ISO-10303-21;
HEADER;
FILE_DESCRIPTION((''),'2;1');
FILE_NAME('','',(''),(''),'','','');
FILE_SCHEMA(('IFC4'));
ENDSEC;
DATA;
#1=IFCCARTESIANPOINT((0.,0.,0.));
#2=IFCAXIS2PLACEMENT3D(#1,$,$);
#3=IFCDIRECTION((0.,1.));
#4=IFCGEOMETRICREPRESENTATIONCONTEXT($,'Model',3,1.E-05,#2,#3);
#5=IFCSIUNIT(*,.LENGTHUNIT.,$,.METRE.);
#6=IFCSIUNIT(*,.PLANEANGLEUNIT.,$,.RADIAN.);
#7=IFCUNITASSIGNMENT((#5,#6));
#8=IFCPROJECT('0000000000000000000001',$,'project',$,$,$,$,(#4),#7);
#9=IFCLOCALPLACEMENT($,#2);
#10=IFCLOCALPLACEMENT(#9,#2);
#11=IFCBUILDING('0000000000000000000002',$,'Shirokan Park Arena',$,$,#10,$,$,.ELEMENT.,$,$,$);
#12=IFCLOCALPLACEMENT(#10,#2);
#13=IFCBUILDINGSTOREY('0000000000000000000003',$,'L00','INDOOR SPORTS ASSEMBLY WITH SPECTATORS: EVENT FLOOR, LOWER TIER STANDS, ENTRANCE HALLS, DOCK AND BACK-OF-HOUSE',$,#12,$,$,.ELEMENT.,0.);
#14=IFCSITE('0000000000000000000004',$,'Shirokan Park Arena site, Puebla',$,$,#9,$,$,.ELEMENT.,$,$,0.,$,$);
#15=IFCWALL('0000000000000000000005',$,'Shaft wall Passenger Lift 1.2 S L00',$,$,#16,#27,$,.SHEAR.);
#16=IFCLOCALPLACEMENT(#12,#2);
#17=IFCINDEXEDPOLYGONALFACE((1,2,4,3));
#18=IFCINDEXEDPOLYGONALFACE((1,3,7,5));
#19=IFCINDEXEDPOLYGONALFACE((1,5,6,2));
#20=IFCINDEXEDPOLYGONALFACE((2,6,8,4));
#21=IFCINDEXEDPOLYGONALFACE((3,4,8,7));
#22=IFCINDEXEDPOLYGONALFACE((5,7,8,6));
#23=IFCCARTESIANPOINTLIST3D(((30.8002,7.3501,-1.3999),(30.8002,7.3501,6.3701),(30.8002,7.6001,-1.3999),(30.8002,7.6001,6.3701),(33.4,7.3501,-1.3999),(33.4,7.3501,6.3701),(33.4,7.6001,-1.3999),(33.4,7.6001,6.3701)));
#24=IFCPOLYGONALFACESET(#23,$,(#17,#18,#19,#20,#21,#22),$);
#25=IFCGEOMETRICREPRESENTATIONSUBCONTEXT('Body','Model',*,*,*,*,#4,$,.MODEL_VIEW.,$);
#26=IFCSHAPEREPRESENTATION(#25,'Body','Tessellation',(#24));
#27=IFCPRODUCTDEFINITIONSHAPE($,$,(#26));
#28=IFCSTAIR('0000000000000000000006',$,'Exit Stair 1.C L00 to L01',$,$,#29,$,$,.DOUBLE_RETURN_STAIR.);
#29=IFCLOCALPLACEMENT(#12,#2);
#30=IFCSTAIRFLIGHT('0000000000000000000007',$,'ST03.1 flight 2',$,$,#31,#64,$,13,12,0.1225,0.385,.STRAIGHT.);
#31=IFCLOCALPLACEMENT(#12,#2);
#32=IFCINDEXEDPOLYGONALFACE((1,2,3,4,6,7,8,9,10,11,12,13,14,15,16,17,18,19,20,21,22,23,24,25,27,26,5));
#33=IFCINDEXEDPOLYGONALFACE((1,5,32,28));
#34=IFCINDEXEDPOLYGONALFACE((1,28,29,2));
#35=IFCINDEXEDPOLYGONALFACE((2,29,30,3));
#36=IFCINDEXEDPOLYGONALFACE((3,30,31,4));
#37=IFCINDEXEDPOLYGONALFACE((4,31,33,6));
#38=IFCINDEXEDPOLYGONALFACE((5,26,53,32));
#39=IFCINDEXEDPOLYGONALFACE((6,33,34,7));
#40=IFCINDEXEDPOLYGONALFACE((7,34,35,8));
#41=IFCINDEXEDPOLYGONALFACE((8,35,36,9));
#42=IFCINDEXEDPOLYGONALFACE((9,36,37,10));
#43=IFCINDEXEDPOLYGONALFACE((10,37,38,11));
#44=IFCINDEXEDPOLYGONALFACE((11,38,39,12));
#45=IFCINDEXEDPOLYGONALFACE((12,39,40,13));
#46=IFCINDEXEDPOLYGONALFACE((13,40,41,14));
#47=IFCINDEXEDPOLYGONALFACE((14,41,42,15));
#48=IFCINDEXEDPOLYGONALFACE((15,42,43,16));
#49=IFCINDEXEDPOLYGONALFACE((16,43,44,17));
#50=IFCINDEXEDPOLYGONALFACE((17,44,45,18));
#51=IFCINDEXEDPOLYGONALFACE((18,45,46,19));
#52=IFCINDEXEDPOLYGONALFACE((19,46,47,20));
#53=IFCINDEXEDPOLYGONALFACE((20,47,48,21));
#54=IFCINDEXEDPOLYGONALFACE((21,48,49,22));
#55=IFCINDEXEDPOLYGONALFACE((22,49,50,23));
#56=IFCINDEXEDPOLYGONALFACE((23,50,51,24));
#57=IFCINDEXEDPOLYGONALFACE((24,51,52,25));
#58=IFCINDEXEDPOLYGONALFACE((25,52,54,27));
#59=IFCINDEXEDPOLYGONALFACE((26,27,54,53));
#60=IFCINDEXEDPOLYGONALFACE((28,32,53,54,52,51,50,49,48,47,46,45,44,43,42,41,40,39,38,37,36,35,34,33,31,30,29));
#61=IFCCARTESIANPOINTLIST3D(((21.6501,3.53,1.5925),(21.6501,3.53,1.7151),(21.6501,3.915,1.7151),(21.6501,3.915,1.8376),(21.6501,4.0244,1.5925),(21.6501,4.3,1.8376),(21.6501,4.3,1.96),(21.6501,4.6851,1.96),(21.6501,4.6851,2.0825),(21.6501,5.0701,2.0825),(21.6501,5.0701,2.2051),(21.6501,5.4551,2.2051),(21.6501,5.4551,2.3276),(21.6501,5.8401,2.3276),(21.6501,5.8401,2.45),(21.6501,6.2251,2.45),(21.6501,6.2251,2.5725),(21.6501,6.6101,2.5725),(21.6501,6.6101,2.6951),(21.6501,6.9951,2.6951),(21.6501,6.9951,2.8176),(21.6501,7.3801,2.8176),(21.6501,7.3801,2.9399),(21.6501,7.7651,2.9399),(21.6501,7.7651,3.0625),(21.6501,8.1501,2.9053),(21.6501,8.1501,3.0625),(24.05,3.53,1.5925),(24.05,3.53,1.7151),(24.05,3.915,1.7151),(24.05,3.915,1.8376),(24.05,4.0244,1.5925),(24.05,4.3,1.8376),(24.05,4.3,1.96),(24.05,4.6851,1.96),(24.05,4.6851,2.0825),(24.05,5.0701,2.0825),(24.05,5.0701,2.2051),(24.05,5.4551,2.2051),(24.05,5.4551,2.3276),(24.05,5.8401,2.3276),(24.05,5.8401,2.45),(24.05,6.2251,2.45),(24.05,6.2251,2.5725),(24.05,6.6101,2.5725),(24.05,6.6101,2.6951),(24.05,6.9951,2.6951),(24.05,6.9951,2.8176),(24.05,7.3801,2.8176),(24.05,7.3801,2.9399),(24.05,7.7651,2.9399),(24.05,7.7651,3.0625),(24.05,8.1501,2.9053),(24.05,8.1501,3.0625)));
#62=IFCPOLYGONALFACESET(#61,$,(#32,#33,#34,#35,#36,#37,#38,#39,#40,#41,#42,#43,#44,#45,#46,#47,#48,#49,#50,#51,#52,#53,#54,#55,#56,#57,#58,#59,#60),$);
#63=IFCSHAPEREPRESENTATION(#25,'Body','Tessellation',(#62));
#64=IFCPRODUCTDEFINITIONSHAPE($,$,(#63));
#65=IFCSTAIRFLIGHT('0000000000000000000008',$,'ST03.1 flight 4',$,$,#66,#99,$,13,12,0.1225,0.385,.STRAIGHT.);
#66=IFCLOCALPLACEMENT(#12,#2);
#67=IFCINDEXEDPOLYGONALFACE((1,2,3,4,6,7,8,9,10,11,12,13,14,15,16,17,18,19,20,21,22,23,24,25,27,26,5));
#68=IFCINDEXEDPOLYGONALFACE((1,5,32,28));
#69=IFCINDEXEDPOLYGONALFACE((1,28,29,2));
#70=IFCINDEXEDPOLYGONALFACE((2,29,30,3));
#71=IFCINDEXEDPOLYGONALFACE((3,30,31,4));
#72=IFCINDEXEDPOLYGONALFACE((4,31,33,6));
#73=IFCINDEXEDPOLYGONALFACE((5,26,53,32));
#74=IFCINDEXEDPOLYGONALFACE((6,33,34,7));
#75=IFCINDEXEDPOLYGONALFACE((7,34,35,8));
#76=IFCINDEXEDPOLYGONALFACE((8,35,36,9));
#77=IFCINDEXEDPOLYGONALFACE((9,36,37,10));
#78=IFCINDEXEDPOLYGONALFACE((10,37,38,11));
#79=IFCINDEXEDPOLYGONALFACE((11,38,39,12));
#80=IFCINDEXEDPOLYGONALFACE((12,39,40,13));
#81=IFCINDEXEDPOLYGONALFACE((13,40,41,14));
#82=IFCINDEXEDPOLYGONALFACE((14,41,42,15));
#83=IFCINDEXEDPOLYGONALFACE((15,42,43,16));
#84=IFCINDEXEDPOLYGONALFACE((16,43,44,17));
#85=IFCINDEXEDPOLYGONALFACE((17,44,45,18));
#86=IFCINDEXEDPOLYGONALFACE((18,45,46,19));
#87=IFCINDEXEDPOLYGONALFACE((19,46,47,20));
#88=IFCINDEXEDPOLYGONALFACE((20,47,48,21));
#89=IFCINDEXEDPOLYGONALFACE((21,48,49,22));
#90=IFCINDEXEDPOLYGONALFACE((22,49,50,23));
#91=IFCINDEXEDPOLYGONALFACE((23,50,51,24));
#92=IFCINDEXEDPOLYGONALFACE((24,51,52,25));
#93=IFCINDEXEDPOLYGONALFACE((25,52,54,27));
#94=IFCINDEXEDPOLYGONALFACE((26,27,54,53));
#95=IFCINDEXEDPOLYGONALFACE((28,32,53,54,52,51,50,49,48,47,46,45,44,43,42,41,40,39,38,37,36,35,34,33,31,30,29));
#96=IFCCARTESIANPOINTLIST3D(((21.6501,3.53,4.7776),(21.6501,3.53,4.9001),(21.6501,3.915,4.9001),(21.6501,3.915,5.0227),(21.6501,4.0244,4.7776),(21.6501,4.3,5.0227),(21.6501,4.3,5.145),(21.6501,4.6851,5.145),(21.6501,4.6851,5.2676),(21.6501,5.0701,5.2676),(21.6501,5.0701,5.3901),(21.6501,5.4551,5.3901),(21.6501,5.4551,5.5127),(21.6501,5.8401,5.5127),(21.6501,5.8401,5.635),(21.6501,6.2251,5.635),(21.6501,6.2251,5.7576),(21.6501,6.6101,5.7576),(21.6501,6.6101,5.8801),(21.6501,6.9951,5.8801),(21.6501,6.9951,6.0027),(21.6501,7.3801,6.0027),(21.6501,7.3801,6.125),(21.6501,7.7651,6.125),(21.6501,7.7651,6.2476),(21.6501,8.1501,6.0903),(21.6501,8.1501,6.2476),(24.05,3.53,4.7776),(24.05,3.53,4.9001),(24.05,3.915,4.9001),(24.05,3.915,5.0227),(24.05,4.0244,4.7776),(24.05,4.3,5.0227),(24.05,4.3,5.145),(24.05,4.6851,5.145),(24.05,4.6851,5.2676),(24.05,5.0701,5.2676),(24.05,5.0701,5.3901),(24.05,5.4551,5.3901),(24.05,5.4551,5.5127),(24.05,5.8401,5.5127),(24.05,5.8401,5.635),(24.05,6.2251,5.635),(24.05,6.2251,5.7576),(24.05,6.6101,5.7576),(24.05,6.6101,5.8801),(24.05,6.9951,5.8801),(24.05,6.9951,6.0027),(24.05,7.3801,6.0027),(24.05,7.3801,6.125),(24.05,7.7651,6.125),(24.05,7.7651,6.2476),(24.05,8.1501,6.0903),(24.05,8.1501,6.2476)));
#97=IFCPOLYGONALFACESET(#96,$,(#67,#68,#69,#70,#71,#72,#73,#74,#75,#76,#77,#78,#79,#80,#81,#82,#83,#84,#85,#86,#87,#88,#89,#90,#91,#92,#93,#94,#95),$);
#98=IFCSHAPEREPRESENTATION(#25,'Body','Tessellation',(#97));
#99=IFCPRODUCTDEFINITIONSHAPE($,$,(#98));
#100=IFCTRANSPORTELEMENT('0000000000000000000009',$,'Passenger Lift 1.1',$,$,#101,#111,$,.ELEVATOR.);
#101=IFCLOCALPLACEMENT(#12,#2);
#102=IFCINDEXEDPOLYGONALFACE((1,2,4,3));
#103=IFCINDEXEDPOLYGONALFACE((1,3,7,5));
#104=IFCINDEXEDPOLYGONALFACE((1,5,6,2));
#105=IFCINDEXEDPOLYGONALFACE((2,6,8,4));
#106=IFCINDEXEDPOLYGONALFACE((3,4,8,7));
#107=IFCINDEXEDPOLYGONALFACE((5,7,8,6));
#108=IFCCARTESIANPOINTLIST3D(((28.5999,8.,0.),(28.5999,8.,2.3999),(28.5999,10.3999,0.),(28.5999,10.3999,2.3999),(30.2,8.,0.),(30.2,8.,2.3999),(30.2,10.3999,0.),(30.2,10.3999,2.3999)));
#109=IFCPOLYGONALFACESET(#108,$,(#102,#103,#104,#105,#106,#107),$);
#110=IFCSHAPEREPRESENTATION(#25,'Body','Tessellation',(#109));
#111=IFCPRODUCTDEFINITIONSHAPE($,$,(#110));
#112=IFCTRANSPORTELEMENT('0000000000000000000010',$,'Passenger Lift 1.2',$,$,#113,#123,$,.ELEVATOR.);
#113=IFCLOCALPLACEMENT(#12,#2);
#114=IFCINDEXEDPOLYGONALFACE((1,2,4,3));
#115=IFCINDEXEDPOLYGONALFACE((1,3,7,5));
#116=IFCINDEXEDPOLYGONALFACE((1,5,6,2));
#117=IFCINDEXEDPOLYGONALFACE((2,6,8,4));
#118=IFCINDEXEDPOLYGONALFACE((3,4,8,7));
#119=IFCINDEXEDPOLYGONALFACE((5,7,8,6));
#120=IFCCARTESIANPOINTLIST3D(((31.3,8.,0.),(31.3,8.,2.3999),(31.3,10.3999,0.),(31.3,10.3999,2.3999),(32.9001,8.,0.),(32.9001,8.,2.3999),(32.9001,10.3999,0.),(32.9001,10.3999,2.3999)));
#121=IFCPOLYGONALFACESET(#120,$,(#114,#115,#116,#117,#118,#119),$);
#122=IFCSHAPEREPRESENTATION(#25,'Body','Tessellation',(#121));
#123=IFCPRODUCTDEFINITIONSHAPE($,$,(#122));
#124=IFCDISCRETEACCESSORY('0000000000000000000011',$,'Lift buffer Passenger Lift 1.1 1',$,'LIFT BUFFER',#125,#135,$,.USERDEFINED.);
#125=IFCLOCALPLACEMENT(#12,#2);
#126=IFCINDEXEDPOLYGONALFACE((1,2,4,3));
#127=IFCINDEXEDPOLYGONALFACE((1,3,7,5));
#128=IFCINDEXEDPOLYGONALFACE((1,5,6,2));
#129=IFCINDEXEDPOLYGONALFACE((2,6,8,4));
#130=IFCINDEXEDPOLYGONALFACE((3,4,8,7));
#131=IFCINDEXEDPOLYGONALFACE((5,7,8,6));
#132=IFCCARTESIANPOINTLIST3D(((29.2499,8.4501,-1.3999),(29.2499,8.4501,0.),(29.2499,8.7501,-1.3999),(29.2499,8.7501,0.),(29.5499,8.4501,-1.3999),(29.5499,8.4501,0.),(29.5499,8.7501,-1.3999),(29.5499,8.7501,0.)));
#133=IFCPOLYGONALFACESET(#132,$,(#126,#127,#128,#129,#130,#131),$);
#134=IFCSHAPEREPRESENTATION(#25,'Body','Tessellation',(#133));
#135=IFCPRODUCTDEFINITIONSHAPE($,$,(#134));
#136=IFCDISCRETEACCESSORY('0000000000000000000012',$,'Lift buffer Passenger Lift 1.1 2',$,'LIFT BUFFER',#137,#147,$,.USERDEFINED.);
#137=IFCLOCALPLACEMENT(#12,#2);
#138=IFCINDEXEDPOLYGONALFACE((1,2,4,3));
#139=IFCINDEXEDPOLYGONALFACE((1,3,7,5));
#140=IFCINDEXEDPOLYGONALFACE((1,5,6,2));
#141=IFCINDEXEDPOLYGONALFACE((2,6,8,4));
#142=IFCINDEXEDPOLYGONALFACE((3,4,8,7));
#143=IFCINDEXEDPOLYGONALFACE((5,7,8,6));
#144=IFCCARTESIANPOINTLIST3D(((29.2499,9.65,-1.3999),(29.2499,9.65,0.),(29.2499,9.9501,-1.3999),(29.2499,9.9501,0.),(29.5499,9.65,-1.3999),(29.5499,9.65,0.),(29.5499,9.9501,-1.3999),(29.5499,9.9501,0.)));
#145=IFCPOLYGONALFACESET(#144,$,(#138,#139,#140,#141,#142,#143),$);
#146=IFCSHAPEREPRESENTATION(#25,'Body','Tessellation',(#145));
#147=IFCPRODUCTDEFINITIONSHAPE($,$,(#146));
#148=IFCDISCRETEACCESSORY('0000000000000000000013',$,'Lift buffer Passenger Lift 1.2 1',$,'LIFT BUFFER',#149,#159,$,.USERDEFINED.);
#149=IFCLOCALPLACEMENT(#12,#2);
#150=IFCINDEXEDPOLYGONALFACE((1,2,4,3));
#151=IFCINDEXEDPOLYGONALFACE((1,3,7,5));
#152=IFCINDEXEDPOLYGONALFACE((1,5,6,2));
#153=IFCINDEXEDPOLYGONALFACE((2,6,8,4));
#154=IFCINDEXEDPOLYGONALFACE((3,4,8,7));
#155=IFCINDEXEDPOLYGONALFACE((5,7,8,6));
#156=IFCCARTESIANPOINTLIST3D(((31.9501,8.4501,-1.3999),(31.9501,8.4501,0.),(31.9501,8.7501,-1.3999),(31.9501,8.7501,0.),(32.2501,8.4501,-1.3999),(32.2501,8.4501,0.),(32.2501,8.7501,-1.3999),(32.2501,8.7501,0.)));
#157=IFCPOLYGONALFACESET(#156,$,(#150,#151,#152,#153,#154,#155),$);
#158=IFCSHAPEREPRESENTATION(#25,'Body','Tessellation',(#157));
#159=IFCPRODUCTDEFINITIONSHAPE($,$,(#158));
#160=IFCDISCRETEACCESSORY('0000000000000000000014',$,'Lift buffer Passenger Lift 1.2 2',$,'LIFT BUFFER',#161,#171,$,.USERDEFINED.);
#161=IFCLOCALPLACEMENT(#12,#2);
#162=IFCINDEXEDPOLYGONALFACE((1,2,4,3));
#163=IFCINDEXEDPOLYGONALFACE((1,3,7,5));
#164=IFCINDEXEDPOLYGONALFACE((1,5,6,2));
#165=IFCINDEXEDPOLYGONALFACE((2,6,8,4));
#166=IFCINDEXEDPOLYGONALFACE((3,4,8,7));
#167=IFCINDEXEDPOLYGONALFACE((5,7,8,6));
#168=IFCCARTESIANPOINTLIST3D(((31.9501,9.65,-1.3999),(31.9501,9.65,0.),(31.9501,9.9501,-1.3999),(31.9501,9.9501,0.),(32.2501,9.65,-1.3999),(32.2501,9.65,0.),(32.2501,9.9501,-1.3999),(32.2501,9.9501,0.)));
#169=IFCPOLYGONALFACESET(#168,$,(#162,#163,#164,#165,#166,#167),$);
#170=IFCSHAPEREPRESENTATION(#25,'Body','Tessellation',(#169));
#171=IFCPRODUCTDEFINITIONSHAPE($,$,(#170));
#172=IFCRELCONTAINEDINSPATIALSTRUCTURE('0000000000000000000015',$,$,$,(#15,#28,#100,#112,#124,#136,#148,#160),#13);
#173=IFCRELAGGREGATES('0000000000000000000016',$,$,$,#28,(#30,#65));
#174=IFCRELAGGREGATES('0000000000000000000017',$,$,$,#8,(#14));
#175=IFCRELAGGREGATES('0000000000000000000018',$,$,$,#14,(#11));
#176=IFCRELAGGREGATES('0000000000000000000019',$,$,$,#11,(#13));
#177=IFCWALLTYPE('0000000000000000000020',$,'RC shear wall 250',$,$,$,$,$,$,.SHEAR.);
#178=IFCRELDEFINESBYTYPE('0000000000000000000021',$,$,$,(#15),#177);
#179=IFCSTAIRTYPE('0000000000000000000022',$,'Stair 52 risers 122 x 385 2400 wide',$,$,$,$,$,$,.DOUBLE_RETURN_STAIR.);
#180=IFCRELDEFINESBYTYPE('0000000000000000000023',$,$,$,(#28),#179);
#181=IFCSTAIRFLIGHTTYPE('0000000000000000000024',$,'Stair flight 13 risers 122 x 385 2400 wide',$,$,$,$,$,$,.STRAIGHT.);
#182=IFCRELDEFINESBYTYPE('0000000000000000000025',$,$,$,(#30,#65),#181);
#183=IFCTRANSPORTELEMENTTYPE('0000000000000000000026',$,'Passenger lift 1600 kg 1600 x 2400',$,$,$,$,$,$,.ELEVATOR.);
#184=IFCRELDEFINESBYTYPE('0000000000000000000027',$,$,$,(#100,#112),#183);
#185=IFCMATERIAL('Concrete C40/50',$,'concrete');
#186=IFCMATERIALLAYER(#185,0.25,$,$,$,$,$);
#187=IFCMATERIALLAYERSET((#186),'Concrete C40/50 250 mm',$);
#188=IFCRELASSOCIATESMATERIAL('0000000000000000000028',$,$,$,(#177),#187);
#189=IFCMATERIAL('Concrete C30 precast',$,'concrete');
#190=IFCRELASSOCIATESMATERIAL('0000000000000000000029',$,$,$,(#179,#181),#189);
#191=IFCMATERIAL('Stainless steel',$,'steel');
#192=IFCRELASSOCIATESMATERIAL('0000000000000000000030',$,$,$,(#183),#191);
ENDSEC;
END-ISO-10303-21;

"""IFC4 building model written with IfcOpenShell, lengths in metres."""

from ifc_helpers import new_model, si_unit, direction, frame, frame_2d, origin, origin_2d, place, context, subcontext, project, spatial, polyline, rectangle, outline, extrude, material, layer, layer_set, type_object, element, aggregate, save


model = new_model("IFC4")

# Units and contexts
model_context = context("Model", 3, precision=1e-05, world=origin(), true_north=direction((0.0, 1.0)))
body_context = subcontext(model_context, "Body", "Model", "MODEL_VIEW")
ifc_project = project(units=[si_unit("LENGTHUNIT", "METRE"), si_unit("PLANEANGLEUNIT", "RADIAN")], contexts=[model_context])

# Site, building, storey
site_placement = place(None, origin())
site = spatial("IfcSite", under=ifc_project, at=site_placement, Name="Shirokan Park Arena site, Puebla", CompositionType="ELEMENT", RefElevation=0.0)
building_placement = place(site_placement, origin())
building = spatial("IfcBuilding", under=site, at=building_placement, Name="Shirokan Park Arena", CompositionType="ELEMENT")
storey_placement = place(building_placement, origin())
storey = spatial("IfcBuildingStorey", under=building, at=storey_placement, Name="L00", Description="INDOOR SPORTS ASSEMBLY WITH SPECTATORS: EVENT FLOOR, LOWER TIER STANDS, ENTRANCE HALLS, DOCK AND BACK-OF-HOUSE", CompositionType="ELEMENT", Elevation=0.0)

# Wall
ifc_material_1 = material(Name="Concrete C40/50", Category="concrete")
ifc_layer_1 = layer(ifc_material_1, 0.25)
ifc_layer_set_1 = layer_set([ifc_layer_1], Name="Concrete C40/50 250 mm")
wall_type_1 = type_object("IfcWallType", Name="RC shear wall 250", PredefinedType="SHEAR", material=ifc_layer_set_1)
for number, where, z_axis, x_axis, name in (
    (1, (33.3999, 7.4751, -1.3999), (0.0, 0.0, 1.0), (-1.0, 0.0, 0.0), "Shaft wall Passenger Lift 1.2 S L00"),
):
    element("IfcWall", number, at=place(storey_placement, frame(where, z_axis=z_axis, x_axis=x_axis)), inside=storey, type_object=wall_type_1, Name=name, PredefinedType="SHEAR", context=body_context, shape_type="SweptSolid", body=[
        extrude(rectangle(XDim=2.5999, YDim=0.25, at=frame_2d((1.2998, 0.0))), origin(), (0.0, 0.0, 1.0), 7.77),
    ])

# Stair, stair flights
ifc_material_2 = material(Name="Concrete C30 precast", Category="concrete")
stair_type = type_object("IfcStairType", Name="Stair 52 risers 122 x 385 2400 wide", PredefinedType="DOUBLE_RETURN_STAIR", material=ifc_material_2)
stair_placement = place(storey_placement, origin())
stair = element("IfcStair", 2, at=stair_placement, inside=storey, type_object=stair_type, Name="Exit Stair 1.C L00 to L01", PredefinedType="DOUBLE_RETURN_STAIR")
stair_flight_type = type_object("IfcStairFlightType", Name="Stair flight 13 risers 122 x 385 2400 wide", PredefinedType="STRAIGHT", material=ifc_material_2)
stair_flight_1_placement = place(storey_placement, frame((22.8501, 3.53, 1.5925), z_axis=(0.0, 0.0, 1.0), x_axis=(0.0, 1.0, 0.0)))
stair_flight_1 = element("IfcStairFlight", 3, at=stair_flight_1_placement, type_object=stair_flight_type, Name="ST03.1 flight 2", NumberOfRisers=13, NumberOfTreads=12, PredefinedType="STRAIGHT", RiserHeight=0.1225, TreadLength=0.385, context=body_context, shape_type="SweptSolid", body=[
    extrude(outline(polyline([(0.0, 0.0), (0.0, 0.1226), (0.385, 0.1226), (0.385, 0.2451), (0.77, 0.2451), (0.77, 0.3674), (1.155, 0.3674), (1.155, 0.49), (1.54, 0.49), (1.54, 0.6125), (1.925, 0.6125), (1.925, 0.7351), (2.3101, 0.7351), (2.3101, 0.8574), (2.6951, 0.8574), (2.6951, 0.98), (3.0801, 0.98), (3.0801, 1.1025), (3.4651, 1.1025), (3.4651, 1.2251), (3.8501, 1.2251), (3.8501, 1.3474), (4.2351, 1.3474), (4.2351, 1.47), (4.6201, 1.47), (4.6201, 1.5925), (4.6201, 1.3127), (0.4944, 0.0), (0.0, 0.0)])), frame((0.0, 1.2, 0.0), z_axis=(0.0, -1.0, 0.0), x_axis=(1.0, 0.0, 0.0)), (0.0, 0.0, 1.0), 2.3999),
])
stair_flight_2_placement = place(storey_placement, frame((22.8501, 3.53, 4.7776), z_axis=(0.0, 0.0, 1.0), x_axis=(0.0, 1.0, 0.0)))
stair_flight_2 = element("IfcStairFlight", 4, at=stair_flight_2_placement, type_object=stair_flight_type, Name="ST03.1 flight 4", NumberOfRisers=13, NumberOfTreads=12, PredefinedType="STRAIGHT", RiserHeight=0.1225, TreadLength=0.385, context=body_context, shape_type="SweptSolid", body=[
    extrude(outline(polyline([(0.0, 0.0), (0.0, 0.1226), (0.385, 0.1226), (0.385, 0.2451), (0.77, 0.2451), (0.77, 0.3674), (1.155, 0.3674), (1.155, 0.49), (1.54, 0.49), (1.54, 0.6125), (1.925, 0.6125), (1.925, 0.7351), (2.3101, 0.7351), (2.3101, 0.8574), (2.6951, 0.8574), (2.6951, 0.98), (3.0801, 0.98), (3.0801, 1.1025), (3.4651, 1.1025), (3.4651, 1.2251), (3.8501, 1.2251), (3.8501, 1.3474), (4.2351, 1.3474), (4.2351, 1.47), (4.6201, 1.47), (4.6201, 1.5925), (4.6201, 1.3127), (0.4944, 0.0), (0.0, 0.0)])), frame((0.0, 1.2, 0.0), z_axis=(0.0, -1.0, 0.0), x_axis=(1.0, 0.0, 0.0)), (0.0, 0.0, 1.0), 2.3999),
])
aggregate(stair, [stair_flight_1, stair_flight_2])

# Shared definitions
ifc_material_3 = material(Name="Stainless steel", Category="steel")

# Transport elements
transport_element_type = type_object("IfcTransportElementType", Name="Passenger lift 1600 kg 1600 x 2400", PredefinedType="ELEVATOR", material=ifc_material_3)
for number, where, z_axis, x_axis, name in (
    (5, (29.3999, 9.2, 0.0), (0.0, 0.0, 1.0), (1.0, 0.0, 0.0), "Passenger Lift 1.1"),
    (6, (32.1001, 9.2, 0.0), (0.0, 0.0, 1.0), (1.0, 0.0, 0.0), "Passenger Lift 1.2"),
):
    element("IfcTransportElement", number, at=place(storey_placement, frame(where, z_axis=z_axis, x_axis=x_axis)), inside=storey, type_object=transport_element_type, Name=name, PredefinedType="ELEVATOR", context=body_context, shape_type="SweptSolid", body=[
        extrude(rectangle(XDim=1.6001, YDim=2.3999, at=origin_2d()), origin(), (0.0, 0.0, 1.0), 2.3999),
    ])

# Discrete accessories
for number, where, z_axis, x_axis, name in (
    (7, (29.3999, 8.6001, -1.3999), (0.0, 0.0, 1.0), (1.0, 0.0, 0.0), "Lift buffer Passenger Lift 1.1 1"),
    (8, (29.3999, 9.8, -1.3999), (0.0, 0.0, 1.0), (1.0, 0.0, 0.0), "Lift buffer Passenger Lift 1.1 2"),
    (9, (32.1001, 8.6001, -1.3999), (0.0, 0.0, 1.0), (1.0, 0.0, 0.0), "Lift buffer Passenger Lift 1.2 1"),
    (10, (32.1001, 9.8, -1.3999), (0.0, 0.0, 1.0), (1.0, 0.0, 0.0), "Lift buffer Passenger Lift 1.2 2"),
):
    element("IfcDiscreteAccessory", number, at=place(storey_placement, frame(where, z_axis=z_axis, x_axis=x_axis)), inside=storey, Name=name, ObjectType="LIFT BUFFER", PredefinedType="USERDEFINED", context=body_context, shape_type="SweptSolid", body=[
        extrude(rectangle(XDim=0.3, YDim=0.3, at=origin_2d()), origin(), (0.0, 0.0, 1.0), 1.3999),
    ])

save(model, "model.ifc")
